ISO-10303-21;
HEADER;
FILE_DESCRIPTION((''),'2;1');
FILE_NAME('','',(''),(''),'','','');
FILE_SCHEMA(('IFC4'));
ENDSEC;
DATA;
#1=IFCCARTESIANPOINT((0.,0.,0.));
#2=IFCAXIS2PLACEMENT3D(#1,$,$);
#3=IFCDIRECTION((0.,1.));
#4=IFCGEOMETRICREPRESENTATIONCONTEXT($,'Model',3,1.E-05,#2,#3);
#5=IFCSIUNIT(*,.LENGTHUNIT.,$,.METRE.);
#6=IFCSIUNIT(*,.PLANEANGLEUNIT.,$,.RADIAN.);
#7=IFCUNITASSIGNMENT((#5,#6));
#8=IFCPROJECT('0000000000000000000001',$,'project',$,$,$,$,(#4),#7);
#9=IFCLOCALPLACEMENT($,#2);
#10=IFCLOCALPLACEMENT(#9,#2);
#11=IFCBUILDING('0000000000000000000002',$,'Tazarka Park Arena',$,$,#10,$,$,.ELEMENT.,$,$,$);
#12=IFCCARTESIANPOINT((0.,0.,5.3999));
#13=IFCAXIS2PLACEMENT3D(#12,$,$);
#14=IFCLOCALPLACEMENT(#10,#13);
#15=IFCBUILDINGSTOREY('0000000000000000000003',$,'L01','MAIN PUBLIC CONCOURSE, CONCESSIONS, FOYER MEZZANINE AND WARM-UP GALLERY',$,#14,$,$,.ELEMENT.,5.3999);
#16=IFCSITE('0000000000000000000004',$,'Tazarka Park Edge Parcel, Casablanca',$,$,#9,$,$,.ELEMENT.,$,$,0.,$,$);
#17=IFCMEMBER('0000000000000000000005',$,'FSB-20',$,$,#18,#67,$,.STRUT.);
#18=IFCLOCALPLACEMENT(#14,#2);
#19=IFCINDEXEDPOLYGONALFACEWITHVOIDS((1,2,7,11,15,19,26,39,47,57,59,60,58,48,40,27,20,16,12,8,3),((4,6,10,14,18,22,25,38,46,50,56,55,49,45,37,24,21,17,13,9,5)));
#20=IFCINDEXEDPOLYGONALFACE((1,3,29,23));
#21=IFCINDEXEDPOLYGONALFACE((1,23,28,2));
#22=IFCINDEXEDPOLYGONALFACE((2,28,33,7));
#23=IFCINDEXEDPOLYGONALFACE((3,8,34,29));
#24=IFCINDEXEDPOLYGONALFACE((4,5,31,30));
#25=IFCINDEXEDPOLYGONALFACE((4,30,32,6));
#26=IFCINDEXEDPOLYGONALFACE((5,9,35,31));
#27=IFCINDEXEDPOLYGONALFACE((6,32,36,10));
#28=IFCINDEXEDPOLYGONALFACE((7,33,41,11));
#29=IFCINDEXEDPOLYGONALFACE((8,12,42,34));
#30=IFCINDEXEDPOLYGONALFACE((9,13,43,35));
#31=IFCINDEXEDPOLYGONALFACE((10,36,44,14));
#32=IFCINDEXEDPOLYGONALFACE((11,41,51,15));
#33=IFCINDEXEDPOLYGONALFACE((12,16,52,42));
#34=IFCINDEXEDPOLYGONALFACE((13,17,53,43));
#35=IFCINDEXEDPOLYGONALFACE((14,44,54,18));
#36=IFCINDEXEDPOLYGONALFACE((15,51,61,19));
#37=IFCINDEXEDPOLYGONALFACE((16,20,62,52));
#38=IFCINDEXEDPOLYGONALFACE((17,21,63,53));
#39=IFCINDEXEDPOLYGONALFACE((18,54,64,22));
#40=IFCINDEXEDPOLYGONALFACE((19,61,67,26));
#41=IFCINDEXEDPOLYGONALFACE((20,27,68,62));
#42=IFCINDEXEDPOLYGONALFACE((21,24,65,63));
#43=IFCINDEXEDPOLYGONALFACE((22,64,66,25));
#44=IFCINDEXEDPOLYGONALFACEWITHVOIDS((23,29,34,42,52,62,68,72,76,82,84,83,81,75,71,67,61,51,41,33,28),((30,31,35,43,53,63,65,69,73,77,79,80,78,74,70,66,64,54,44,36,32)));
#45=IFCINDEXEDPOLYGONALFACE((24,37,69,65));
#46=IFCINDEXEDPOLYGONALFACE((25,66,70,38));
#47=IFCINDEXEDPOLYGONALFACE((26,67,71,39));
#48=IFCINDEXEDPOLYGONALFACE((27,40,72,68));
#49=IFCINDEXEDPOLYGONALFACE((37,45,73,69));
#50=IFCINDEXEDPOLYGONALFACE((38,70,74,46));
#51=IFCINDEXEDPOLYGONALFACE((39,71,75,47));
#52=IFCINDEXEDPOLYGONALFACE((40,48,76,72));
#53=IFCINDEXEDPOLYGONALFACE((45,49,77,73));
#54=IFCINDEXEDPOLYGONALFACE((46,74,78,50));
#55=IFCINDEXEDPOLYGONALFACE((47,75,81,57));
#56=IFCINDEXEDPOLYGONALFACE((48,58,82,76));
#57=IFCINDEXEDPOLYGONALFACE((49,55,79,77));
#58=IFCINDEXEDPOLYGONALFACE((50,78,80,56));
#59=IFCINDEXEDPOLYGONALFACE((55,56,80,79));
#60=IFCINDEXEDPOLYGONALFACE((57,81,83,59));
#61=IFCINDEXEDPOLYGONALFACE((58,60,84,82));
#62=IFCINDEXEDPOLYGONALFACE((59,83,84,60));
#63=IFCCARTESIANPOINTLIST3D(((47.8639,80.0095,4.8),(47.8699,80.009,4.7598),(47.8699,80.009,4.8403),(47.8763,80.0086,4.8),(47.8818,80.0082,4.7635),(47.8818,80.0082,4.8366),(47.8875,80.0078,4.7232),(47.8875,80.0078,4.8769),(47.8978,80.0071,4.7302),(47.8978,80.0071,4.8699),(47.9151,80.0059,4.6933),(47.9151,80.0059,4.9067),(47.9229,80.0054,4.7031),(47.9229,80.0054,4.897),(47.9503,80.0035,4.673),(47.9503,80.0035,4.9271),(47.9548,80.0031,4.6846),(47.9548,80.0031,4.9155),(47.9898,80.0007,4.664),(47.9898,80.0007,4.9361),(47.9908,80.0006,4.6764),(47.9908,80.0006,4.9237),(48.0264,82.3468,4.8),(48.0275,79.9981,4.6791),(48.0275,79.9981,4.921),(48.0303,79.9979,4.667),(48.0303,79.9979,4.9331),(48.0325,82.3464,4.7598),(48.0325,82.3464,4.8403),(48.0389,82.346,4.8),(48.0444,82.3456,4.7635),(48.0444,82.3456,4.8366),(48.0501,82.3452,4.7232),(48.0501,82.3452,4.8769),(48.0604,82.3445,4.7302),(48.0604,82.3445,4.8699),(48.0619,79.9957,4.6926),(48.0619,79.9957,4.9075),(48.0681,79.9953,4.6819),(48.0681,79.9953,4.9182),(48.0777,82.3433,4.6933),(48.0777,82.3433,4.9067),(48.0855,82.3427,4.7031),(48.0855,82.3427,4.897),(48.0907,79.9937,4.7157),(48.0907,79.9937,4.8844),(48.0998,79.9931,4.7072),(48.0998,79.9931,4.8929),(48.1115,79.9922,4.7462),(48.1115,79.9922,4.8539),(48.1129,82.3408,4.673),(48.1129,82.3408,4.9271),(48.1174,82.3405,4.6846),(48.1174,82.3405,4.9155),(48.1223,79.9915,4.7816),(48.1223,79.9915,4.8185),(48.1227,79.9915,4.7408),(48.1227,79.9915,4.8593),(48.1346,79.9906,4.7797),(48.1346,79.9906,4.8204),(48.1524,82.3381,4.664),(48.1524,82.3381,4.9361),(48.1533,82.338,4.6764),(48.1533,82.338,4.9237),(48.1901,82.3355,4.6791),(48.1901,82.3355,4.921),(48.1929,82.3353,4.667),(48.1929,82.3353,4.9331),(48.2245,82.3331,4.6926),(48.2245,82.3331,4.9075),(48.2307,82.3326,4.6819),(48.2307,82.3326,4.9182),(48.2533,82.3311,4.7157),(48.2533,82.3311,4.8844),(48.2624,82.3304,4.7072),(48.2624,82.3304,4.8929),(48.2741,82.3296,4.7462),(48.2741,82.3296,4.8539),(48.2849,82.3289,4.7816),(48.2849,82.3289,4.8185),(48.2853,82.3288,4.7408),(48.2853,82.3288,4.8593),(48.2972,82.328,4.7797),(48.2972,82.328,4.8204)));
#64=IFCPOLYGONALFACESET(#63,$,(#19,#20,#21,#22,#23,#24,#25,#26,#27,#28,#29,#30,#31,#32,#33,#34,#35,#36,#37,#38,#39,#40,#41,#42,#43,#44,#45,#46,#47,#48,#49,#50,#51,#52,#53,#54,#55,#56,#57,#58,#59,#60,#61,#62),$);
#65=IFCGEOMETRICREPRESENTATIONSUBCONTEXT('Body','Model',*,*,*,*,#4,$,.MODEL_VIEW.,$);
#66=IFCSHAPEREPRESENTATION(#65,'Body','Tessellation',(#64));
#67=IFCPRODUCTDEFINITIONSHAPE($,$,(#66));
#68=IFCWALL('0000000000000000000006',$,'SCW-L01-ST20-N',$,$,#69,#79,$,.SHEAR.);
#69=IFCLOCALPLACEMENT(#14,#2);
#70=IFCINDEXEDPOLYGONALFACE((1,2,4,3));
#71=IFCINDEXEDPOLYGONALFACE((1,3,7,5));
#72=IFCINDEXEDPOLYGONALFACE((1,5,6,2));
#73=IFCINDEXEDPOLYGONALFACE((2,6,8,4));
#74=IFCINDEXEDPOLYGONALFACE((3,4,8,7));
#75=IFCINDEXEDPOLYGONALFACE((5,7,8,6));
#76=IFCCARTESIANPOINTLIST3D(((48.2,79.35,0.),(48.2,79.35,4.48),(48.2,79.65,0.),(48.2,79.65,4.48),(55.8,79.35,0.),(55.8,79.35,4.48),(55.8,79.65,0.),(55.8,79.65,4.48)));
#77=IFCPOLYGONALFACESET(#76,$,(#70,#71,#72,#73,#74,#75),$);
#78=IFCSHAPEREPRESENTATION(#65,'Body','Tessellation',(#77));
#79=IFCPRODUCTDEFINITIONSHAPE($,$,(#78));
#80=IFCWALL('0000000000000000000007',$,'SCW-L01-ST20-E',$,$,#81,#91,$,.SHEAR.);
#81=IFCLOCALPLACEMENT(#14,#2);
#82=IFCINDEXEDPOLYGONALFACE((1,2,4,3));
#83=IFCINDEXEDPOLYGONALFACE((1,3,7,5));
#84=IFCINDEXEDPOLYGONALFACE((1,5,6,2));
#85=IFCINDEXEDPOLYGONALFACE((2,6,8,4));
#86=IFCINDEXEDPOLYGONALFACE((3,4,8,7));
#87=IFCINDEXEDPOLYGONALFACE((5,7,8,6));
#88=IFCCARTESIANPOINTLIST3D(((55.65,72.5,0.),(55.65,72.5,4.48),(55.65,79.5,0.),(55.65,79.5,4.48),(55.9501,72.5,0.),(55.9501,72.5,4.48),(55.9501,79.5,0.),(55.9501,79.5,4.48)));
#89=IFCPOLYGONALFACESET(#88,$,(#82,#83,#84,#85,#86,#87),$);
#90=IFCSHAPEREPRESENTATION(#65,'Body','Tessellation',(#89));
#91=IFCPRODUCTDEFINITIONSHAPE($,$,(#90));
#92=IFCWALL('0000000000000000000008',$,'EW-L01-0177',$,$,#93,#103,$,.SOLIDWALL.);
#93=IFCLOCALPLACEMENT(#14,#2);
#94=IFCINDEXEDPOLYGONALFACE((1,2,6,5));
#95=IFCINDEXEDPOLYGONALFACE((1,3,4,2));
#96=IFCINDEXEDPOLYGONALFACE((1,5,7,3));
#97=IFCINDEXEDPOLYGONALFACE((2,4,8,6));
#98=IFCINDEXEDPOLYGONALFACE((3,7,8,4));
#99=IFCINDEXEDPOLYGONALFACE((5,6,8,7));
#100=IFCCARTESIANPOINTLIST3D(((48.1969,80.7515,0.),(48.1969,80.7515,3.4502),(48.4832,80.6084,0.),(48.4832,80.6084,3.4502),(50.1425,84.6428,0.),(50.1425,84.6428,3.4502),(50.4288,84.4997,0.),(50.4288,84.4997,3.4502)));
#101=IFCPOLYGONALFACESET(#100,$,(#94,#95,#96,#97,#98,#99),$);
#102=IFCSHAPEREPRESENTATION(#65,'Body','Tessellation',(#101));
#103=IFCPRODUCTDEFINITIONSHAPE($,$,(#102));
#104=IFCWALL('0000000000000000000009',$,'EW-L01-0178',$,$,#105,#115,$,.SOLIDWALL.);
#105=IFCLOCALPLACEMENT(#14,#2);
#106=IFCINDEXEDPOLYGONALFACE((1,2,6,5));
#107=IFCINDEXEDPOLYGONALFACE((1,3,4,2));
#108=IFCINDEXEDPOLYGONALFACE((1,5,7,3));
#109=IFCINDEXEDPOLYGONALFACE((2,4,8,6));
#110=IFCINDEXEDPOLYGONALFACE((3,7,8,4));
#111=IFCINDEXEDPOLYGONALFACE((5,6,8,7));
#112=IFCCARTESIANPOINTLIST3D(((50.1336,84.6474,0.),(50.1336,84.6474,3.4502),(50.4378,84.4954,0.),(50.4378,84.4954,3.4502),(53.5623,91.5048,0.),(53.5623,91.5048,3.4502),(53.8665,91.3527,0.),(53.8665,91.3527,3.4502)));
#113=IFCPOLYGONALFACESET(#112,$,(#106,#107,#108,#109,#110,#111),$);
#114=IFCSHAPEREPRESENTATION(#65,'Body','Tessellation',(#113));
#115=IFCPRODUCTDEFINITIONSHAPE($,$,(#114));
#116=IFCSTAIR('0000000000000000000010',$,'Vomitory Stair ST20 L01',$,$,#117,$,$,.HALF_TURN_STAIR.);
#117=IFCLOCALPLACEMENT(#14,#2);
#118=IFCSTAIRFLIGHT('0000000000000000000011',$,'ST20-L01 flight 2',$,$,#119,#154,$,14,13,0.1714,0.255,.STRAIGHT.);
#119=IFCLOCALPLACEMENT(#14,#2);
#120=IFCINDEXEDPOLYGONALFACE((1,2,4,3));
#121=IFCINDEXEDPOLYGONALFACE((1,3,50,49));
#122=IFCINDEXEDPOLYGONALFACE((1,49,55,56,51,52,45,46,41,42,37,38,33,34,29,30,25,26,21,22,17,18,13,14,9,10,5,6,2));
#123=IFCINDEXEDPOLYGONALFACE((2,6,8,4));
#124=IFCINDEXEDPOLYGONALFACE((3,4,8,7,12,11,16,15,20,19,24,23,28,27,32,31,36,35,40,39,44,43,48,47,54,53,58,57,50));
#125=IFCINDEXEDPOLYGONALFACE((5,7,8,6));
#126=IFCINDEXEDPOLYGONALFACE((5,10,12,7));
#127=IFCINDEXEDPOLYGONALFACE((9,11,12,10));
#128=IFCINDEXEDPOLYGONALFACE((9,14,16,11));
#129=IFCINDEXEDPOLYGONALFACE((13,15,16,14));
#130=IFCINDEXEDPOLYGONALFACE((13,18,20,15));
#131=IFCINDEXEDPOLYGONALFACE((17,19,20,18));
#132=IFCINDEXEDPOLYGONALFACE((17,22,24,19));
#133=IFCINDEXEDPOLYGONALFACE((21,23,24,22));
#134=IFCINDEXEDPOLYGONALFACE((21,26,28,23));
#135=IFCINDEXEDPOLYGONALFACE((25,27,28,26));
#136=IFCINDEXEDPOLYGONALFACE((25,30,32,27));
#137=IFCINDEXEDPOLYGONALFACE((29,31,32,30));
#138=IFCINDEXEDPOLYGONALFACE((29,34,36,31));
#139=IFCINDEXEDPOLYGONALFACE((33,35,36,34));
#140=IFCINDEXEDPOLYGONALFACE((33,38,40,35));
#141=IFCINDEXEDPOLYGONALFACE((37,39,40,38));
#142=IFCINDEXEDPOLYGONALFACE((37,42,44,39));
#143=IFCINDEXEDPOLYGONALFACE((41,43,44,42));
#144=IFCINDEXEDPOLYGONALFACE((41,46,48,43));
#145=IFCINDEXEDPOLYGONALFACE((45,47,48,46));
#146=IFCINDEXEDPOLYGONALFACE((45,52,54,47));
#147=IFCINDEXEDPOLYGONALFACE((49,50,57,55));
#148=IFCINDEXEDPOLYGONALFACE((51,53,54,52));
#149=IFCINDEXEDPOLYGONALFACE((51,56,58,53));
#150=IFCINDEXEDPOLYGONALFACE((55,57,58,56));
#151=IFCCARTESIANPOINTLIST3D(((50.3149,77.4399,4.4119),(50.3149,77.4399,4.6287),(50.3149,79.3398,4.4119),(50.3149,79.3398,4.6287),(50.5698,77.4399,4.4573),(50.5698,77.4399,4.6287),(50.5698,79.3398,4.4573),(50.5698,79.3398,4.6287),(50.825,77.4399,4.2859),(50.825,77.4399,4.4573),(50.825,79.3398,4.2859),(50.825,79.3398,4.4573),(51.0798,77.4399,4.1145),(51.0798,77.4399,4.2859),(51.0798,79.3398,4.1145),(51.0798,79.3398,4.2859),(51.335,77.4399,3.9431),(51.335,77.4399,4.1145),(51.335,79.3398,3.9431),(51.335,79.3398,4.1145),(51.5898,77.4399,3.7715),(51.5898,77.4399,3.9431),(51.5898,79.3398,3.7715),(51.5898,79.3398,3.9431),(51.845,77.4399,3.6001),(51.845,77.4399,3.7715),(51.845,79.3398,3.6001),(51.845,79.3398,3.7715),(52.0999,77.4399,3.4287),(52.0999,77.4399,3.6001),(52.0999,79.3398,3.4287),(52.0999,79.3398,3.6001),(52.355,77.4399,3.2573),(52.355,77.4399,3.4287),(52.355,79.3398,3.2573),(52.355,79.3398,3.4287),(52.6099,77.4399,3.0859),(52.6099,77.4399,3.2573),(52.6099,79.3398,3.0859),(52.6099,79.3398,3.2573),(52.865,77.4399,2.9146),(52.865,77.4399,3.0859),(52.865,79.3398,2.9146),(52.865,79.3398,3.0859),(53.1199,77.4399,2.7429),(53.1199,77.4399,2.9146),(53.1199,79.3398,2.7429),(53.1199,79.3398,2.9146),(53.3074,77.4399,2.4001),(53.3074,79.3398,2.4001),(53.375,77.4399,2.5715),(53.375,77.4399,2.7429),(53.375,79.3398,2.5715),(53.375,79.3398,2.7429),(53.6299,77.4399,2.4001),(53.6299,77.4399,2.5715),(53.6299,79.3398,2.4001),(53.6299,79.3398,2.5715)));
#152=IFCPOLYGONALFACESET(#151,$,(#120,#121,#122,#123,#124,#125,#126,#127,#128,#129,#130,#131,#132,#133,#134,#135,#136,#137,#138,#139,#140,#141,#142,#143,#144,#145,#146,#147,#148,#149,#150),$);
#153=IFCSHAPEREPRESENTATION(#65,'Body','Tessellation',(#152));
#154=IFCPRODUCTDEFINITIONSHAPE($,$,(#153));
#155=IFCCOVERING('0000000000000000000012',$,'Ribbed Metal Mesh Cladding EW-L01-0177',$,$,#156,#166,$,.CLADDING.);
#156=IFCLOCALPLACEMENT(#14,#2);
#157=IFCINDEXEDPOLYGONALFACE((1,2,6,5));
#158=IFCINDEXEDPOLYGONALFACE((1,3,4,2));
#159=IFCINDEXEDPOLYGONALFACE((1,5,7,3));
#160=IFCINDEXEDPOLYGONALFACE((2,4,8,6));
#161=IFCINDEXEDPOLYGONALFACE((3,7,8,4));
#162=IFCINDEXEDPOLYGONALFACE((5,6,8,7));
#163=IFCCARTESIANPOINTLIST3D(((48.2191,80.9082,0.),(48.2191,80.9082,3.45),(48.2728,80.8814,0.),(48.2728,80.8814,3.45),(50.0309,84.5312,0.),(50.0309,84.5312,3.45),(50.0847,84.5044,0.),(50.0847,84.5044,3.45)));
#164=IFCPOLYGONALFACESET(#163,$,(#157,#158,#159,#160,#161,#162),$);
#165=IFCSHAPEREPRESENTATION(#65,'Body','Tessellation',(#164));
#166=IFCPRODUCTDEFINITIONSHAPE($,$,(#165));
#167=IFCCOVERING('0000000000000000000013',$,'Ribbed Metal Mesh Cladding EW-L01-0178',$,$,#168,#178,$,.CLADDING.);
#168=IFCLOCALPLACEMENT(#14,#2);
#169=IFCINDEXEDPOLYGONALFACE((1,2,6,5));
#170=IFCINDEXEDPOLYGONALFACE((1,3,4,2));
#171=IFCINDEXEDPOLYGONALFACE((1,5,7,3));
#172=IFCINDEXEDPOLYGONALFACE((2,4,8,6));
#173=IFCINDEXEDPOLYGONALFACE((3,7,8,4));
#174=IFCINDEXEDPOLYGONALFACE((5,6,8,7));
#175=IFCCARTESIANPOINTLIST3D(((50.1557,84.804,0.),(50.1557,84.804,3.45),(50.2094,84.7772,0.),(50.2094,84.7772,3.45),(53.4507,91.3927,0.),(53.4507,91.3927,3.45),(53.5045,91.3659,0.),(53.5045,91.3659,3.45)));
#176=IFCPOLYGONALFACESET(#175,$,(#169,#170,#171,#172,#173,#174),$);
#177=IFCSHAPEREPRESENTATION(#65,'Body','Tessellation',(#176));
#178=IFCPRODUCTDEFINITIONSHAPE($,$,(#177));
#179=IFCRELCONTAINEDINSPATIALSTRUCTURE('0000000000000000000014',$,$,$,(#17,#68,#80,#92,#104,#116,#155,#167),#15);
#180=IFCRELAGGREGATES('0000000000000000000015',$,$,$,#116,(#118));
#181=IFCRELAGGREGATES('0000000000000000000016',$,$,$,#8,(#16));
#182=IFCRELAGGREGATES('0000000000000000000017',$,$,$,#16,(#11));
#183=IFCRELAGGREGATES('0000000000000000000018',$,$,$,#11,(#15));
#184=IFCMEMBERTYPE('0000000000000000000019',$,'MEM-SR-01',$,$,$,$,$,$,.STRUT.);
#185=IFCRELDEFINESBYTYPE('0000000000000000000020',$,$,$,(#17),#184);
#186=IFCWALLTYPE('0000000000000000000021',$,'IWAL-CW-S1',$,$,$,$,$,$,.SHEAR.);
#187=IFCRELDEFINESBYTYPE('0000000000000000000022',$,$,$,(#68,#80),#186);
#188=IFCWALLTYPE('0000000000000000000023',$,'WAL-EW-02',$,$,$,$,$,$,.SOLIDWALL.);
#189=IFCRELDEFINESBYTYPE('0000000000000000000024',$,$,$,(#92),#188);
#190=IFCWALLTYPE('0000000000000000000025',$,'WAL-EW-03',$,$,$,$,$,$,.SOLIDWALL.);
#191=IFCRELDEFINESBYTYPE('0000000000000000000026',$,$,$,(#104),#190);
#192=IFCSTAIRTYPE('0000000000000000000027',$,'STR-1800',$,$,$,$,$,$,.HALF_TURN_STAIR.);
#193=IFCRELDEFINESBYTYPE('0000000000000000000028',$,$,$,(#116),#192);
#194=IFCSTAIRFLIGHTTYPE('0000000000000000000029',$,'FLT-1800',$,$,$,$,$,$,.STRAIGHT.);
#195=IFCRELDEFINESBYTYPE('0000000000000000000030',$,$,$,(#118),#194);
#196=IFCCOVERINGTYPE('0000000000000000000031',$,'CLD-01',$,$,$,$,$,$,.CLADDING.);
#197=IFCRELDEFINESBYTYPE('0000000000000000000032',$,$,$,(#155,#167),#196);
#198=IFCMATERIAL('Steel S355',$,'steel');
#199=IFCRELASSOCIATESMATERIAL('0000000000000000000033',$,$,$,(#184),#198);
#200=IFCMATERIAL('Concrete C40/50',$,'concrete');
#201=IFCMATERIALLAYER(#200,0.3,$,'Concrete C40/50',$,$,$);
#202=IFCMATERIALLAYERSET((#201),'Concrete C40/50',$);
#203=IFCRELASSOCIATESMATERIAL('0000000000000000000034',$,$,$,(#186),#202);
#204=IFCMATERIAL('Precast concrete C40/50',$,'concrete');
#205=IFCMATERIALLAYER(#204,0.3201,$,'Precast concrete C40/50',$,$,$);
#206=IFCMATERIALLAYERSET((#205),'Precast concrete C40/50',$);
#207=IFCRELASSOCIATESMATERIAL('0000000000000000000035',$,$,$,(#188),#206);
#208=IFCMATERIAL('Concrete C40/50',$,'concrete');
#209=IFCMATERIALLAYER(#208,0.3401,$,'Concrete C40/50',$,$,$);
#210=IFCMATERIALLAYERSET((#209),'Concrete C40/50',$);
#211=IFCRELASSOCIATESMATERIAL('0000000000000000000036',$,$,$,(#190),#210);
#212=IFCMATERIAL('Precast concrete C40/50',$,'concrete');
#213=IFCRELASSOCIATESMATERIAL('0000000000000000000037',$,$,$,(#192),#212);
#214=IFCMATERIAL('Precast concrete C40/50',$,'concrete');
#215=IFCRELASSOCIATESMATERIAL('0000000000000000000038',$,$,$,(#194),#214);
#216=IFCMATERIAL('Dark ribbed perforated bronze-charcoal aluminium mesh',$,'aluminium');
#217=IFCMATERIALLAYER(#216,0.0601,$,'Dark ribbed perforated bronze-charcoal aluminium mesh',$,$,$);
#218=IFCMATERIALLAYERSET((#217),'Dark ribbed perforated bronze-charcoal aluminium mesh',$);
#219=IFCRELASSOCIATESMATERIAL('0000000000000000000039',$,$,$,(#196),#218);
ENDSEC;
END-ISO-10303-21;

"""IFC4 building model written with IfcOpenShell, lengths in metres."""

from ifc_helpers import new_model, si_unit, direction, frame, frame_2d, origin, origin_2d, place, context, subcontext, project, spatial, polyline, rectangle, hollow_circle, outline, extrude, material, layer, layer_set, material_profile, profile_set, type_object, element, aggregate, save


model = new_model("IFC4")

# Units and contexts
model_context = context("Model", 3, precision=1e-05, world=origin(), true_north=direction((0.0, 1.0)))
body_context = subcontext(model_context, "Body", "Model", "MODEL_VIEW")
ifc_project = project(units=[si_unit("LENGTHUNIT", "METRE"), si_unit("PLANEANGLEUNIT", "RADIAN")], contexts=[model_context])

# Site, building, storey
site_placement = place(None, origin())
site = spatial("IfcSite", under=ifc_project, at=site_placement, Name="Tazarka Park Edge Parcel, Casablanca", CompositionType="ELEMENT", RefElevation=0.0)
building_placement = place(site_placement, origin())
building = spatial("IfcBuilding", under=site, at=building_placement, Name="Tazarka Park Arena", CompositionType="ELEMENT")
storey_placement = place(building_placement, frame((0.0, 0.0, 5.3999)))
storey = spatial("IfcBuildingStorey", under=building, at=storey_placement, Name="L01", Description="MAIN PUBLIC CONCOURSE, CONCESSIONS, FOYER MEZZANINE AND WARM-UP GALLERY", CompositionType="ELEMENT", Elevation=5.3999)

# Member
ifc_material_1 = material(Name="Steel S355", Category="steel")
ifc_material_profile_1 = material_profile(ifc_material_1, hollow_circle(Radius=0.1365, WallThickness=0.0125, at=origin_2d()), Name="Steel S355")
ifc_profile_set_1 = profile_set([ifc_material_profile_1], Name="Steel S355")
member_type_1 = type_object("IfcMemberType", Name="MEM-SR-01", PredefinedType="STRUT", material=ifc_profile_set_1)
member_1_placement = place(storey_placement, frame((48.0, 80.0, 4.8), z_axis=(0.069396, 0.997589, 0.0), x_axis=(-0.997589, 0.069396, 0.0)))
element("IfcMember", 1, at=member_1_placement, inside=storey, type_object=member_type_1, Name="FSB-20", PredefinedType="STRUT", context=body_context, shape_type="SweptSolid", body=[
    extrude(hollow_circle(Radius=0.1365, WallThickness=0.0125, at=origin_2d()), origin(), (0.0, 0.0, 1.0), 2.343),
])

# Walls
ifc_material_2 = material(Name="Concrete C40/50", Category="concrete")
ifc_layer_1 = layer(ifc_material_2, 0.3, Name="Concrete C40/50")
ifc_layer_set_1 = layer_set([ifc_layer_1], Name="Concrete C40/50")
wall_type_1 = type_object("IfcWallType", Name="IWAL-CW-S1", PredefinedType="SHEAR", material=ifc_layer_set_1)
wall_1_placement = place(storey_placement, frame((48.2, 79.5, 0.0), z_axis=(0.0, 0.0, 1.0), x_axis=(1.0, 0.0, 0.0)))
element("IfcWall", 2, at=wall_1_placement, inside=storey, type_object=wall_type_1, Name="SCW-L01-ST20-N", PredefinedType="SHEAR", context=body_context, shape_type="SweptSolid", body=[
    extrude(rectangle(XDim=7.6001, YDim=0.3, at=frame_2d((3.8, 0.0))), origin(), (0.0, 0.0, 1.0), 4.48),
])
wall_2_placement = place(storey_placement, frame((55.8, 79.5, 0.0), z_axis=(0.0, 0.0, 1.0), x_axis=(0.0, -1.0, 0.0)))
element("IfcWall", 3, at=wall_2_placement, inside=storey, type_object=wall_type_1, Name="SCW-L01-ST20-E", PredefinedType="SHEAR", context=body_context, shape_type="SweptSolid", body=[
    extrude(rectangle(XDim=7.0, YDim=0.3, at=frame_2d((3.5, 0.0))), origin(), (0.0, 0.0, 1.0), 4.48),
])
ifc_material_3 = material(Name="Precast concrete C40/50", Category="concrete")
ifc_layer_2 = layer(ifc_material_3, 0.3201, Name="Precast concrete C40/50")
ifc_layer_set_2 = layer_set([ifc_layer_2], Name="Precast concrete C40/50")
wall_type_2 = type_object("IfcWallType", Name="WAL-EW-02", PredefinedType="SOLIDWALL", material=ifc_layer_set_2)
wall_3_placement = place(storey_placement, frame((48.3401, 80.6799, 0.0), z_axis=(0.0, 0.0, 1.0), x_axis=(0.447191, 0.894438, 0.0)))
element("IfcWall", 4, at=wall_3_placement, inside=storey, type_object=wall_type_2, Name="EW-L01-0177", PredefinedType="SOLIDWALL", context=body_context, shape_type="SweptSolid", body=[
    extrude(rectangle(XDim=4.3506, YDim=0.3201, at=frame_2d((2.1753, 0.0))), origin(), (0.0, 0.0, 1.0), 3.4502),
])
ifc_material_4 = material(Name="Concrete C40/50", Category="concrete")
ifc_layer_3 = layer(ifc_material_4, 0.3401, Name="Concrete C40/50")
ifc_layer_set_3 = layer_set([ifc_layer_3], Name="Concrete C40/50")
wall_type_3 = type_object("IfcWallType", Name="WAL-EW-03", PredefinedType="SOLIDWALL", material=ifc_layer_set_3)
wall_4_placement = place(storey_placement, frame((50.2856, 84.5713, 0.0), z_axis=(0.0, 0.0, 1.0), x_axis=(0.447214, 0.894427, 0.0)))
element("IfcWall", 5, at=wall_4_placement, inside=storey, type_object=wall_type_3, Name="EW-L01-0178", PredefinedType="SOLIDWALL", context=body_context, shape_type="SweptSolid", body=[
    extrude(rectangle(XDim=7.6667, YDim=0.3401, at=frame_2d((3.8335, 0.0))), origin(), (0.0, 0.0, 1.0), 3.4502),
])

# Stair, stair flight
ifc_material_5 = material(Name="Precast concrete C40/50", Category="concrete")
stair_type = type_object("IfcStairType", Name="STR-1800", PredefinedType="HALF_TURN_STAIR", material=ifc_material_5)
stair_placement = place(storey_placement, origin())
stair = element("IfcStair", 6, at=stair_placement, inside=storey, type_object=stair_type, Name="Vomitory Stair ST20 L01", PredefinedType="HALF_TURN_STAIR")
ifc_material_6 = material(Name="Precast concrete C40/50", Category="concrete")
stair_flight_type = type_object("IfcStairFlightType", Name="FLT-1800", PredefinedType="STRAIGHT", material=ifc_material_6)
stair_flight_placement = place(storey_placement, frame((53.6299, 78.3899, 2.4001), z_axis=(0.0, 0.0, 1.0), x_axis=(-1.0, 0.0, 0.0)))
stair_flight = element("IfcStairFlight", 7, at=stair_flight_placement, type_object=stair_flight_type, Name="ST20-L01 flight 2", NumberOfRisers=14, NumberOfTreads=13, PredefinedType="STRAIGHT", RiserHeight=0.1714, TreadLength=0.255, context=body_context, shape_type="SweptSolid", body=[
    extrude(outline(polyline([(0.0, 0.0), (0.0, 0.1714), (0.2549, 0.1714), (0.2549, 0.3428), (0.51, 0.3428), (0.51, 0.5144), (0.7649, 0.5144), (0.7649, 0.6858), (1.02, 0.6858), (1.02, 0.8572), (1.2749, 0.8572), (1.2749, 1.0286), (1.53, 1.0286), (1.53, 1.2), (1.7849, 1.2), (1.7849, 1.3713), (2.04, 1.3713), (2.04, 1.543), (2.2949, 1.543), (2.2949, 1.7144), (2.55, 1.7144), (2.55, 1.8857), (2.8049, 1.8857), (2.8049, 2.0571), (3.0601, 2.0571), (3.0601, 2.2285), (3.3149, 2.2285), (3.3149, 2.3999), (3.3149, 2.0117), (0.3225, 0.0), (0.0, 0.0)])), frame((0.0, 0.95, 0.0), z_axis=(0.0, -1.0, 0.0), x_axis=(1.0, 0.0, 0.0)), (0.0, 0.0, 1.0), 1.8999),
])
aggregate(stair, [stair_flight])

# Coverings
ifc_material_7 = material(Name="Dark ribbed perforated bronze-charcoal aluminium mesh", Category="aluminium")
ifc_layer_4 = layer(ifc_material_7, 0.0601, Name="Dark ribbed perforated bronze-charcoal aluminium mesh")
ifc_layer_set_4 = layer_set([ifc_layer_4], Name="Dark ribbed perforated bronze-charcoal aluminium mesh")
covering_type = type_object("IfcCoveringType", Name="CLD-01", PredefinedType="CLADDING", material=ifc_layer_set_4)
covering_1_placement = place(storey_placement, frame((49.1519, 82.7063, 0.0), z_axis=(0.0, 0.0, 1.0), x_axis=(0.447291, 0.894389, 0.0)))
element("IfcCovering", 8, at=covering_1_placement, inside=storey, type_object=covering_type, Name="Ribbed Metal Mesh Cladding EW-L01-0177", PredefinedType="CLADDING", context=body_context, shape_type="SweptSolid", body=[
    extrude(rectangle(XDim=4.0508, YDim=0.0601, at=origin_2d()), origin(), (0.0, 0.0, 1.0), 3.45),
])
covering_2_placement = place(storey_placement, frame((51.8301, 88.085, 0.0), z_axis=(0.0, 0.0, 1.0), x_axis=(0.447291, 0.894389, 0.0)))
element("IfcCovering", 9, at=covering_2_placement, inside=storey, type_object=covering_type, Name="Ribbed Metal Mesh Cladding EW-L01-0178", PredefinedType="CLADDING", context=body_context, shape_type="SweptSolid", body=[
    extrude(rectangle(XDim=7.3667, YDim=0.0601, at=origin_2d()), origin(), (0.0, 0.0, 1.0), 3.45),
])

save(model, "model.ifc")
